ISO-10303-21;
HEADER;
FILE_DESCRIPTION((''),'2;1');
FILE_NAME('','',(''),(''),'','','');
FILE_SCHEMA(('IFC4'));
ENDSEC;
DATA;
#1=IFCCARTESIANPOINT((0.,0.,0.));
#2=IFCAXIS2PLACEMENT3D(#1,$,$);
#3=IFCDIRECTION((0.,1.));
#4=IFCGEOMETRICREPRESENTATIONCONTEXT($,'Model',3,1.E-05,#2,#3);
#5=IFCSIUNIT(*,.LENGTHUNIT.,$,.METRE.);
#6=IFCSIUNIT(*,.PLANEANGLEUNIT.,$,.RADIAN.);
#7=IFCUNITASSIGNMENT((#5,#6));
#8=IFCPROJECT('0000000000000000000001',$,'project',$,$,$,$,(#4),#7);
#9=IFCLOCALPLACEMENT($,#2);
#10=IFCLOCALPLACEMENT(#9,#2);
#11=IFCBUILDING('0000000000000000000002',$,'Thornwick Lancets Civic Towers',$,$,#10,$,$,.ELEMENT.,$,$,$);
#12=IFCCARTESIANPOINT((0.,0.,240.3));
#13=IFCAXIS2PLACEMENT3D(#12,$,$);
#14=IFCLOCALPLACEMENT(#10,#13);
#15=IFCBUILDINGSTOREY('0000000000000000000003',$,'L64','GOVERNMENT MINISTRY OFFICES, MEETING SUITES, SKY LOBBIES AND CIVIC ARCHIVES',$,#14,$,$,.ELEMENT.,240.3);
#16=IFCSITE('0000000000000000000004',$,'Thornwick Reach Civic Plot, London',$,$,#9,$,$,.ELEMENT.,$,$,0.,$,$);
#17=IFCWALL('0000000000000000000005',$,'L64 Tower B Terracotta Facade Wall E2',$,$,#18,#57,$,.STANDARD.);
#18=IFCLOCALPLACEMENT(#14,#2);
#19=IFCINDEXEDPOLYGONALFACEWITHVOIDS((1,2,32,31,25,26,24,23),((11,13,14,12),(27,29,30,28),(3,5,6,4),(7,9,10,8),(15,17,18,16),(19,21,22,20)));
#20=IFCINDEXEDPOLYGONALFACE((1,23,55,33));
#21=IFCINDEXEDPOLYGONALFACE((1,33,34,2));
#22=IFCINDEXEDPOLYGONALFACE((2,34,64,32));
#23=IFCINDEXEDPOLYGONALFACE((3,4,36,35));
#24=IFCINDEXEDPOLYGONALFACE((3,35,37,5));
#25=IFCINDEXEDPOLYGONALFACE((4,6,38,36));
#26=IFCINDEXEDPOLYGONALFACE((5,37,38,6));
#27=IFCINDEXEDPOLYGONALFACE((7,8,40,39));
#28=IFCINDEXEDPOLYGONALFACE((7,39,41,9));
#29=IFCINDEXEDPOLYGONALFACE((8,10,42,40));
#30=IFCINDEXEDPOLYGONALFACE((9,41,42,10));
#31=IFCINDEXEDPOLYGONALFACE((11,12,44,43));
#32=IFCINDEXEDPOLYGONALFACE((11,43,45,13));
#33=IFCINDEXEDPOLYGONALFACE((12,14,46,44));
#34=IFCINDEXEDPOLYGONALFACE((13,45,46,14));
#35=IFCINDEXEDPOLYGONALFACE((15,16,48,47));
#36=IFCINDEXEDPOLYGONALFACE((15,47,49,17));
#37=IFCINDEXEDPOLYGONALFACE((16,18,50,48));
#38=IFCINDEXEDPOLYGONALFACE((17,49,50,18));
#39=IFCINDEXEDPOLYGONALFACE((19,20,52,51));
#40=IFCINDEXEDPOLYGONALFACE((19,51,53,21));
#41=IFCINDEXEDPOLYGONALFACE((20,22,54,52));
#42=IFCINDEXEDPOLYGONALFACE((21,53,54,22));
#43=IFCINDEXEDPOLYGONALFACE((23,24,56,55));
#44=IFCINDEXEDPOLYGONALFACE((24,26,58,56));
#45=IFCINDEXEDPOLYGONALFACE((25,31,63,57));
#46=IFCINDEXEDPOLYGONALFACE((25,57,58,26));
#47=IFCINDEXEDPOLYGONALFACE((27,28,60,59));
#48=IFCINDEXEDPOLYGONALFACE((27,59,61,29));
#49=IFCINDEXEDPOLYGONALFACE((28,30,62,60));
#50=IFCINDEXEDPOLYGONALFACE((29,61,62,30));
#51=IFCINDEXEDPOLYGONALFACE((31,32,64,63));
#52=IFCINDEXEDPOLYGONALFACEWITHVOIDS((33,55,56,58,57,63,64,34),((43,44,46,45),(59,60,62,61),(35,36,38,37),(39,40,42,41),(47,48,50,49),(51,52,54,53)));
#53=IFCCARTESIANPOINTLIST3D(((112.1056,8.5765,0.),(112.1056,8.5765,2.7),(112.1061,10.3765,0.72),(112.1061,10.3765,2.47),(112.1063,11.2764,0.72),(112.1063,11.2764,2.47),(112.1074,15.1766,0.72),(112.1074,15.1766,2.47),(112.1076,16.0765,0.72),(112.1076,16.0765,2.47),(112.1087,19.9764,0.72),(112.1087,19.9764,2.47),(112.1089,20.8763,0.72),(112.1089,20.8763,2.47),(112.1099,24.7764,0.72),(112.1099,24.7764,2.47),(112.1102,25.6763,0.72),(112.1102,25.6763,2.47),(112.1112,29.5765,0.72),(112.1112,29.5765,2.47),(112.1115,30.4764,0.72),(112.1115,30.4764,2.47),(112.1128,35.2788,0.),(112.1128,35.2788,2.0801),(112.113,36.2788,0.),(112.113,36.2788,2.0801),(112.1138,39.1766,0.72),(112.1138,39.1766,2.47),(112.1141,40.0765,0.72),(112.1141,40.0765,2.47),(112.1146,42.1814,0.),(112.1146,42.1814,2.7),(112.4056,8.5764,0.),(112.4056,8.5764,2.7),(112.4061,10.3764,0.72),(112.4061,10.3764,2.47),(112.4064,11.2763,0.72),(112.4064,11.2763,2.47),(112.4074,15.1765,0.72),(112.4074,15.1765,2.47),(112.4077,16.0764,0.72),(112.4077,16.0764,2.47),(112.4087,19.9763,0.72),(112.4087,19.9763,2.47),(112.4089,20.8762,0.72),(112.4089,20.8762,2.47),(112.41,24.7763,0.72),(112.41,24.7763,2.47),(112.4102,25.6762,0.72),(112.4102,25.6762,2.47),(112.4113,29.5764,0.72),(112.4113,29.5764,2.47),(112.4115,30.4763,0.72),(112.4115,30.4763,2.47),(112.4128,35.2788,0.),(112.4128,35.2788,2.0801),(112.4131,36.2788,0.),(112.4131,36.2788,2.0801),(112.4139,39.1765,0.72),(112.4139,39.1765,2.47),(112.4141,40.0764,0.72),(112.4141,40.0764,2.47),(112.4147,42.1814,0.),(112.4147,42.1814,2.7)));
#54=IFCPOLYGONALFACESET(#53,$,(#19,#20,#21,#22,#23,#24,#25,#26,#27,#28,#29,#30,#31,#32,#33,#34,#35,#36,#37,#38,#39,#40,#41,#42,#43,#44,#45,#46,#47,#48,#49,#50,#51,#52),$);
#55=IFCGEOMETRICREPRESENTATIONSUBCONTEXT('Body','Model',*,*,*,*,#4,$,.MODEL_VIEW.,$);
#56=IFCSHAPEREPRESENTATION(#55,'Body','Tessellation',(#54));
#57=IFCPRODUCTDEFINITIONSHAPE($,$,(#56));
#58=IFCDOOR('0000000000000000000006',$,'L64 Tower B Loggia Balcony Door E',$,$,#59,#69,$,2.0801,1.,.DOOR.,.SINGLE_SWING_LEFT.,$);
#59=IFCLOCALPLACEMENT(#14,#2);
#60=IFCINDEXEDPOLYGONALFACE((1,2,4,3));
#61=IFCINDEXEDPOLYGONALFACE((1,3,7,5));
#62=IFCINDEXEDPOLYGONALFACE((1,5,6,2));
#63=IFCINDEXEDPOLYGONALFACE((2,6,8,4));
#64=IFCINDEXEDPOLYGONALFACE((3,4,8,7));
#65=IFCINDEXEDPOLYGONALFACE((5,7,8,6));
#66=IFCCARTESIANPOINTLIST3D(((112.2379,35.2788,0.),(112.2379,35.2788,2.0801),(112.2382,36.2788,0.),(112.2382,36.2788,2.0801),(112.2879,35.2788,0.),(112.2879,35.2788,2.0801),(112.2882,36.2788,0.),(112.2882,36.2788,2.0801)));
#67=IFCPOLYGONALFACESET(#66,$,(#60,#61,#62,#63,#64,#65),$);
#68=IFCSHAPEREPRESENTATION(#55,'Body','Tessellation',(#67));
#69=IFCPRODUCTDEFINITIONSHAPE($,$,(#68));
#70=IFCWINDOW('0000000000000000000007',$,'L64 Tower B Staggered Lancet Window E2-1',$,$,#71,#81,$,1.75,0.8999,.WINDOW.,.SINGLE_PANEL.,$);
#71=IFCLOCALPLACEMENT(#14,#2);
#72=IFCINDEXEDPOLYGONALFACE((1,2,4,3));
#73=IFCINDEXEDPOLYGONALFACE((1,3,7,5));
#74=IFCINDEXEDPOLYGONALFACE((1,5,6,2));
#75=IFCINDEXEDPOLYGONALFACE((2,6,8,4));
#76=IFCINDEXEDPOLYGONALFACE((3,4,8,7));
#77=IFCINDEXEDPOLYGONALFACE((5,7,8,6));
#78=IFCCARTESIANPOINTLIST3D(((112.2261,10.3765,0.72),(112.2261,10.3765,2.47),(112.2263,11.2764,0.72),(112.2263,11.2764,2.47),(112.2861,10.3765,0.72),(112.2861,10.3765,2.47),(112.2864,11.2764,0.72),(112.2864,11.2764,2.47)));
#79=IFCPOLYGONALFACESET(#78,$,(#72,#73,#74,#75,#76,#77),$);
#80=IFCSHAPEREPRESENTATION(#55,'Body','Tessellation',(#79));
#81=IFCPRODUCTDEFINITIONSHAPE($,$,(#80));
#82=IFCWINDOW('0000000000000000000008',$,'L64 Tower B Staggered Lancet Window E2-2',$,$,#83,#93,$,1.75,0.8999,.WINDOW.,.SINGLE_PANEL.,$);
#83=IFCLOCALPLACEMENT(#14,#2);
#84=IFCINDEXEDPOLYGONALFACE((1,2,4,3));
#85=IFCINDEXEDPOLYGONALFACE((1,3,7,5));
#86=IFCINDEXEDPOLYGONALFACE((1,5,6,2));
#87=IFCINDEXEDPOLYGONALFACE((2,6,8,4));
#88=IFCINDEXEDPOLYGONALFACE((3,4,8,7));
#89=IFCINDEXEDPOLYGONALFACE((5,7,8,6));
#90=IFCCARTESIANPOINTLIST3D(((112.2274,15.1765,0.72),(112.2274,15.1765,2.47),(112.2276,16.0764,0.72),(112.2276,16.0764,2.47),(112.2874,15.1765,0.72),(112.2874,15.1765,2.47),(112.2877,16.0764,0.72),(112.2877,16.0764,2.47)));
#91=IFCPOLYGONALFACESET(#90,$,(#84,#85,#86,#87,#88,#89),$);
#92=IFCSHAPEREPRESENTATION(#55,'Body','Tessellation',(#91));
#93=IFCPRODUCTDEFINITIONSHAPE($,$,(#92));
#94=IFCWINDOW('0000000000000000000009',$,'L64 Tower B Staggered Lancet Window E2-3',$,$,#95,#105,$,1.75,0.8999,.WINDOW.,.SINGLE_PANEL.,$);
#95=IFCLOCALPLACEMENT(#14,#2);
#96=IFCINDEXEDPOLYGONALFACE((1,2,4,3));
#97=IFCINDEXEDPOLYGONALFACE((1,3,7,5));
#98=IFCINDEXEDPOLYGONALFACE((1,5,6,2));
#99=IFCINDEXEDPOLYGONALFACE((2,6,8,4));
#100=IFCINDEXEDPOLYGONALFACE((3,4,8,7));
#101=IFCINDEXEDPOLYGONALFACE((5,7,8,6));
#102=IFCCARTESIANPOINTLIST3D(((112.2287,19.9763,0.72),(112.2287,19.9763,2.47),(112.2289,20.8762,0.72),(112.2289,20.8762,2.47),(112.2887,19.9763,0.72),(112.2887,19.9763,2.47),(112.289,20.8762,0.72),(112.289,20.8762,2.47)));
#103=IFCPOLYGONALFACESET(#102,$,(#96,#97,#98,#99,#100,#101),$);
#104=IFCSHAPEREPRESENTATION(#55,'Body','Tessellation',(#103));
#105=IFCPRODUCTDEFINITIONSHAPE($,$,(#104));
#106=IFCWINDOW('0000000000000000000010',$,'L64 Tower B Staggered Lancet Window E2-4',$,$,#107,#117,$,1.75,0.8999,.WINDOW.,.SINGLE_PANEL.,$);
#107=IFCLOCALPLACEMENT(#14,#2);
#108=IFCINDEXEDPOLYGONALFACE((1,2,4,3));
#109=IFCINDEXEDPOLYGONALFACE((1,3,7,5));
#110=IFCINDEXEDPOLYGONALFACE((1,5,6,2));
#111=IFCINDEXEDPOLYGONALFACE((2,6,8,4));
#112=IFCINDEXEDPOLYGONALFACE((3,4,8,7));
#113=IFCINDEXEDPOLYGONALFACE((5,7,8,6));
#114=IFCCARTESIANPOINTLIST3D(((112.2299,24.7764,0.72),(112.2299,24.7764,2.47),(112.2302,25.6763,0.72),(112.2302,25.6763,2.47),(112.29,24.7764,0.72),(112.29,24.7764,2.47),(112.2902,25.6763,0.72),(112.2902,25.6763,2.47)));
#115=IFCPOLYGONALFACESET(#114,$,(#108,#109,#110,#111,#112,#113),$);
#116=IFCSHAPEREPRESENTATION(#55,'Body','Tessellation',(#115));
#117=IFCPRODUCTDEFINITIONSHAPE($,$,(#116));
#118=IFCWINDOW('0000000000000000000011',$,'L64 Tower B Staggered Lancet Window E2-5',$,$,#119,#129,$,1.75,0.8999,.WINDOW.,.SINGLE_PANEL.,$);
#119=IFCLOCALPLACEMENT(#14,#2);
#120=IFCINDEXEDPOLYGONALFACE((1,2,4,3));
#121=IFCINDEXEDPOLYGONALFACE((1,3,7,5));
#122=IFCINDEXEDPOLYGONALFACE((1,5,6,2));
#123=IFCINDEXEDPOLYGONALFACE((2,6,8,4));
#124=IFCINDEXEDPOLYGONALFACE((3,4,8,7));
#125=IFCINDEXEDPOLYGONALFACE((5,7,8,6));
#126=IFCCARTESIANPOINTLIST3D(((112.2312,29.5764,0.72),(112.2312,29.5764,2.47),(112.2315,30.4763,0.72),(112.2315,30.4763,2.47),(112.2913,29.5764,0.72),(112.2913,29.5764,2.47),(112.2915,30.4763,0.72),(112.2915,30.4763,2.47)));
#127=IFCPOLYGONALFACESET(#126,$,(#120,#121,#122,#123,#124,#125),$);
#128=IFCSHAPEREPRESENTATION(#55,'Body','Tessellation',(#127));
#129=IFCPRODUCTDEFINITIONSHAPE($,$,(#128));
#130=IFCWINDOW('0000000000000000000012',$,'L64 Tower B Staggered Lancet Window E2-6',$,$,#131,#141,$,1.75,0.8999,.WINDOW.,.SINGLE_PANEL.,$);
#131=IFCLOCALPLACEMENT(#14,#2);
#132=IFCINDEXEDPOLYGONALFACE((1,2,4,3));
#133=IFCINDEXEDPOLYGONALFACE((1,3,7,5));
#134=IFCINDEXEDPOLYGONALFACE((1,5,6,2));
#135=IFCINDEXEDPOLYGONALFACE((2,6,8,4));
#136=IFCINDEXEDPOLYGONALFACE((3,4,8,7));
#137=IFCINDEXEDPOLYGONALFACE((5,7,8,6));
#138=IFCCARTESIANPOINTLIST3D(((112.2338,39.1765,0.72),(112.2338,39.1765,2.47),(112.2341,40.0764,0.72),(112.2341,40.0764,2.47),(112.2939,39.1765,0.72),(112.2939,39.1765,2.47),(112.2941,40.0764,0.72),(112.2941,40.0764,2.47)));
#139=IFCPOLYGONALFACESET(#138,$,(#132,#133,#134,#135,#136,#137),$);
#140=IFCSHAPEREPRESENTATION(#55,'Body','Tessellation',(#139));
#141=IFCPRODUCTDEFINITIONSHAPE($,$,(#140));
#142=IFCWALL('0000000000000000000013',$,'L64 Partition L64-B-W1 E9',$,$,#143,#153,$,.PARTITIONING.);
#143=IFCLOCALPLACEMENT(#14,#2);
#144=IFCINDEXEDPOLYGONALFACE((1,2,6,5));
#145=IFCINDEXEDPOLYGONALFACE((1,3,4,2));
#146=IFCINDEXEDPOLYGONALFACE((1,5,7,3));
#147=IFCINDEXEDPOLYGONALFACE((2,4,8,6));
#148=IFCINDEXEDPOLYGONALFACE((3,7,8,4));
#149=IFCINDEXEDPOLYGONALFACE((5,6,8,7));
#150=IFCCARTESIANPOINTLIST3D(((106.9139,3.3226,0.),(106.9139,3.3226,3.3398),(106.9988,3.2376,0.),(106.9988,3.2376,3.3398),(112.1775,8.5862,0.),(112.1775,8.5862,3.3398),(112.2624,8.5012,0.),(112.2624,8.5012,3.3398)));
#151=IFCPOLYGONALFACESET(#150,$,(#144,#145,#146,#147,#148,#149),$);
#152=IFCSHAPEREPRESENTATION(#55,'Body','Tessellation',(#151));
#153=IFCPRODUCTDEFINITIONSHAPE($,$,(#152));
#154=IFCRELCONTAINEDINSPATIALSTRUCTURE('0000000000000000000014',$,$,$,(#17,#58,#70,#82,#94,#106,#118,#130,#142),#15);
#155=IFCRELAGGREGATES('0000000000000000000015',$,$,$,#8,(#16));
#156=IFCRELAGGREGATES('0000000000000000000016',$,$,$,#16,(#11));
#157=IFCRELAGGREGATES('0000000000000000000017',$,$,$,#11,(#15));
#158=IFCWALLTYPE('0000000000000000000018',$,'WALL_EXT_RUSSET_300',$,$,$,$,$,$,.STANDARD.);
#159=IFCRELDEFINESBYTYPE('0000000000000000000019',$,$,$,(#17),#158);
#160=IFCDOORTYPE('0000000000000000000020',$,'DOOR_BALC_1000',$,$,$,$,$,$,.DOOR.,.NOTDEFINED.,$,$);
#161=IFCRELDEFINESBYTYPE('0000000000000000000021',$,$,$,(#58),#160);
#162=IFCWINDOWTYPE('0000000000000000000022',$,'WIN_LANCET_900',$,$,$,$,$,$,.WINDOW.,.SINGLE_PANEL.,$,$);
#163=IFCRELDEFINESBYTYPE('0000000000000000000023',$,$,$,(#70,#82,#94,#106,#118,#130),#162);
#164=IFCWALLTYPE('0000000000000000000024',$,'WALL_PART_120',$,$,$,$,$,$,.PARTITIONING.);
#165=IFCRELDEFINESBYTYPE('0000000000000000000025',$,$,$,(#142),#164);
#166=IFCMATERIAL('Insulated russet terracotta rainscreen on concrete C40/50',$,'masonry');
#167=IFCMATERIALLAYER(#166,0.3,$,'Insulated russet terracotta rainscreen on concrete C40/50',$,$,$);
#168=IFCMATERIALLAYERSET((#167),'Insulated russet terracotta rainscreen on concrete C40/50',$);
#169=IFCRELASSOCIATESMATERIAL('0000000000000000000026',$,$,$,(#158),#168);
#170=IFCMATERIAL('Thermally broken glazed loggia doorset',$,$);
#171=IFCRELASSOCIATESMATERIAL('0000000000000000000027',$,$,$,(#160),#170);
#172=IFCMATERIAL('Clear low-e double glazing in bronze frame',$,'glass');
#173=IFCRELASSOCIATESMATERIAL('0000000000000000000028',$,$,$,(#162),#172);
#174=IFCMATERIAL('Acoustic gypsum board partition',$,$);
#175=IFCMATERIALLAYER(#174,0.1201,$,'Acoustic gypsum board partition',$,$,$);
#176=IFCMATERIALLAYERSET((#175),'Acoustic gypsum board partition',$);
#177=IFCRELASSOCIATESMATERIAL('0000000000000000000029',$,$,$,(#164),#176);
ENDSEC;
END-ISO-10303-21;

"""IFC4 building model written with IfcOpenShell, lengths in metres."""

from ifc_helpers import new_model, si_unit, direction, frame, frame_2d, origin, place, context, subcontext, project, spatial, rectangle, extrude, material, layer, layer_set, type_object, element, fill, save


model = new_model("IFC4")

# Units and contexts
model_context = context("Model", 3, precision=1e-05, world=origin(), true_north=direction((0.0, 1.0)))
body_context = subcontext(model_context, "Body", "Model", "MODEL_VIEW")
ifc_project = project(units=[si_unit("LENGTHUNIT", "METRE"), si_unit("PLANEANGLEUNIT", "RADIAN")], contexts=[model_context])

# Site, building, storey
site_placement = place(None, origin())
site = spatial("IfcSite", under=ifc_project, at=site_placement, Name="Thornwick Reach Civic Plot, London", CompositionType="ELEMENT", RefElevation=0.0)
building_placement = place(site_placement, origin())
building = spatial("IfcBuilding", under=site, at=building_placement, Name="Thornwick Lancets Civic Towers", CompositionType="ELEMENT")
storey_placement = place(building_placement, frame((0.0, 0.0, 240.3)))
storey = spatial("IfcBuildingStorey", under=building, at=storey_placement, Name="L64", Description="GOVERNMENT MINISTRY OFFICES, MEETING SUITES, SKY LOBBIES AND CIVIC ARCHIVES", CompositionType="ELEMENT", Elevation=240.3)

# Wall, openings, door, windows
ifc_material_1 = material(Name="Insulated russet terracotta rainscreen on concrete C40/50", Category="masonry")
ifc_layer_1 = layer(ifc_material_1, 0.3, Name="Insulated russet terracotta rainscreen on concrete C40/50")
ifc_layer_set_1 = layer_set([ifc_layer_1], Name="Insulated russet terracotta rainscreen on concrete C40/50")
wall_type_1 = type_object("IfcWallType", Name="WALL_EXT_RUSSET_300", PredefinedType="STANDARD", material=ifc_layer_set_1)
wall_1_placement = place(storey_placement, frame((112.2556, 8.5764, 0.0), z_axis=(0.0, 0.0, 1.0), x_axis=(0.000269, 1.0, 0.0)))
wall_1 = element("IfcWall", 1, at=wall_1_placement, inside=storey, type_object=wall_type_1, Name="L64 Tower B Terracotta Facade Wall E2", PredefinedType="STANDARD", context=body_context, shape_type="SweptSolid", body=[
    extrude(rectangle(XDim=33.605, YDim=0.3, at=frame_2d((16.8025, 0.0))), origin(), (0.0, 0.0, 1.0), 2.7),
])
opening_1_placement = place(wall_1_placement, frame((26.7024, 0.0, 0.0)))
opening_1 = element("IfcOpeningElement", 2, at=opening_1_placement, cuts=wall_1, PredefinedType="OPENING", context=body_context, shape_type="SweptSolid", body=[
    extrude(rectangle(XDim=1.0, YDim=2.0801, at=frame_2d((0.5, 1.04))), frame((0.0, 0.1602, 0.0), z_axis=(0.0, -1.0, 0.0), x_axis=(1.0, 0.0, 0.0)), (0.0, 0.0, 1.0), 0.3201),
])
opening_2_placement = place(wall_1_placement, frame((1.8, 0.0, 0.72)))
opening_2 = element("IfcOpeningElement", 3, at=opening_2_placement, cuts=wall_1, PredefinedType="OPENING", context=body_context, shape_type="SweptSolid", body=[
    extrude(rectangle(XDim=0.8999, YDim=1.75, at=frame_2d((0.45, 0.875))), frame((0.0, 0.1602, 0.0), z_axis=(0.0, -1.0, 0.0), x_axis=(1.0, 0.0, 0.0)), (0.0, 0.0, 1.0), 0.3201),
])
opening_3_placement = place(wall_1_placement, frame((6.6001, 0.0, 0.72)))
opening_3 = element("IfcOpeningElement", 4, at=opening_3_placement, cuts=wall_1, PredefinedType="OPENING", context=body_context, shape_type="SweptSolid", body=[
    extrude(rectangle(XDim=0.8999, YDim=1.75, at=frame_2d((0.45, 0.875))), frame((0.0, 0.1602, 0.0), z_axis=(0.0, -1.0, 0.0), x_axis=(1.0, 0.0, 0.0)), (0.0, 0.0, 1.0), 0.3201),
])
opening_4_placement = place(wall_1_placement, frame((11.3999, 0.0, 0.72)))
opening_4 = element("IfcOpeningElement", 5, at=opening_4_placement, cuts=wall_1, PredefinedType="OPENING", context=body_context, shape_type="SweptSolid", body=[
    extrude(rectangle(XDim=0.8999, YDim=1.75, at=frame_2d((0.45, 0.875))), frame((0.0, 0.1602, 0.0), z_axis=(0.0, -1.0, 0.0), x_axis=(1.0, 0.0, 0.0)), (0.0, 0.0, 1.0), 0.3201),
])
opening_5_placement = place(wall_1_placement, frame((16.2, 0.0, 0.72)))
opening_5 = element("IfcOpeningElement", 6, at=opening_5_placement, cuts=wall_1, PredefinedType="OPENING", context=body_context, shape_type="SweptSolid", body=[
    extrude(rectangle(XDim=0.8999, YDim=1.75, at=frame_2d((0.45, 0.875))), frame((0.0, 0.1602, 0.0), z_axis=(0.0, -1.0, 0.0), x_axis=(1.0, 0.0, 0.0)), (0.0, 0.0, 1.0), 0.3201),
])
opening_6_placement = place(wall_1_placement, frame((21.0, 0.0, 0.72)))
opening_6 = element("IfcOpeningElement", 7, at=opening_6_placement, cuts=wall_1, PredefinedType="OPENING", context=body_context, shape_type="SweptSolid", body=[
    extrude(rectangle(XDim=0.8999, YDim=1.75, at=frame_2d((0.45, 0.875))), frame((0.0, 0.1602, 0.0), z_axis=(0.0, -1.0, 0.0), x_axis=(1.0, 0.0, 0.0)), (0.0, 0.0, 1.0), 0.3201),
])
opening_7_placement = place(wall_1_placement, frame((30.6001, 0.0, 0.72)))
opening_7 = element("IfcOpeningElement", 8, at=opening_7_placement, cuts=wall_1, PredefinedType="OPENING", context=body_context, shape_type="SweptSolid", body=[
    extrude(rectangle(XDim=0.8999, YDim=1.75, at=frame_2d((0.45, 0.875))), frame((0.0, 0.1602, 0.0), z_axis=(0.0, -1.0, 0.0), x_axis=(1.0, 0.0, 0.0)), (0.0, 0.0, 1.0), 0.3201),
])
ifc_material_2 = material(Name="Thermally broken glazed loggia doorset")
door_type = type_object("IfcDoorType", Name="DOOR_BALC_1000", OperationType="NOTDEFINED", PredefinedType="DOOR", material=ifc_material_2)
door_placement = place(opening_1_placement, origin())
door = element("IfcDoor", 9, at=door_placement, inside=storey, type_object=door_type, Name="L64 Tower B Loggia Balcony Door E", OperationType="SINGLE_SWING_LEFT", OverallHeight=2.0801, OverallWidth=1.0, PredefinedType="DOOR", context=body_context, shape_type="SweptSolid", body=[
    extrude(rectangle(XDim=1.0, YDim=2.0801, at=frame_2d((0.5, 1.04))), frame((0.0, 0.0249, 0.0), z_axis=(0.0, -1.0, 0.0), x_axis=(1.0, 0.0, 0.0)), (0.0, 0.0, 1.0), 0.05),
])
fill(opening_1, door)
ifc_material_3 = material(Name="Clear low-e double glazing in bronze frame", Category="glass")
window_type = type_object("IfcWindowType", Name="WIN_LANCET_900", PartitioningType="SINGLE_PANEL", PredefinedType="WINDOW", material=ifc_material_3)
window_1_placement = place(opening_2_placement, origin())
window_1 = element("IfcWindow", 10, at=window_1_placement, inside=storey, type_object=window_type, Name="L64 Tower B Staggered Lancet Window E2-1", OverallHeight=1.75, OverallWidth=0.8999, PartitioningType="SINGLE_PANEL", PredefinedType="WINDOW", context=body_context, shape_type="SweptSolid", body=[
    extrude(rectangle(XDim=0.8999, YDim=1.75, at=frame_2d((0.45, 0.875))), frame((0.0, 0.03, 0.0), z_axis=(0.0, -1.0, 0.0), x_axis=(1.0, 0.0, 0.0)), (0.0, 0.0, 1.0), 0.0601),
])
fill(opening_2, window_1)
window_2_placement = place(opening_3_placement, origin())
window_2 = element("IfcWindow", 11, at=window_2_placement, inside=storey, type_object=window_type, Name="L64 Tower B Staggered Lancet Window E2-2", OverallHeight=1.75, OverallWidth=0.8999, PartitioningType="SINGLE_PANEL", PredefinedType="WINDOW", context=body_context, shape_type="SweptSolid", body=[
    extrude(rectangle(XDim=0.8999, YDim=1.75, at=frame_2d((0.45, 0.875))), frame((0.0, 0.03, 0.0), z_axis=(0.0, -1.0, 0.0), x_axis=(1.0, 0.0, 0.0)), (0.0, 0.0, 1.0), 0.0601),
])
fill(opening_3, window_2)
window_3_placement = place(opening_4_placement, origin())
window_3 = element("IfcWindow", 12, at=window_3_placement, inside=storey, type_object=window_type, Name="L64 Tower B Staggered Lancet Window E2-3", OverallHeight=1.75, OverallWidth=0.8999, PartitioningType="SINGLE_PANEL", PredefinedType="WINDOW", context=body_context, shape_type="SweptSolid", body=[
    extrude(rectangle(XDim=0.8999, YDim=1.75, at=frame_2d((0.45, 0.875))), frame((0.0, 0.03, 0.0), z_axis=(0.0, -1.0, 0.0), x_axis=(1.0, 0.0, 0.0)), (0.0, 0.0, 1.0), 0.0601),
])
fill(opening_4, window_3)
window_4_placement = place(opening_5_placement, origin())
window_4 = element("IfcWindow", 13, at=window_4_placement, inside=storey, type_object=window_type, Name="L64 Tower B Staggered Lancet Window E2-4", OverallHeight=1.75, OverallWidth=0.8999, PartitioningType="SINGLE_PANEL", PredefinedType="WINDOW", context=body_context, shape_type="SweptSolid", body=[
    extrude(rectangle(XDim=0.8999, YDim=1.75, at=frame_2d((0.45, 0.875))), frame((0.0, 0.03, 0.0), z_axis=(0.0, -1.0, 0.0), x_axis=(1.0, 0.0, 0.0)), (0.0, 0.0, 1.0), 0.0601),
])
fill(opening_5, window_4)
window_5_placement = place(opening_6_placement, origin())
window_5 = element("IfcWindow", 14, at=window_5_placement, inside=storey, type_object=window_type, Name="L64 Tower B Staggered Lancet Window E2-5", OverallHeight=1.75, OverallWidth=0.8999, PartitioningType="SINGLE_PANEL", PredefinedType="WINDOW", context=body_context, shape_type="SweptSolid", body=[
    extrude(rectangle(XDim=0.8999, YDim=1.75, at=frame_2d((0.45, 0.875))), frame((0.0, 0.03, 0.0), z_axis=(0.0, -1.0, 0.0), x_axis=(1.0, 0.0, 0.0)), (0.0, 0.0, 1.0), 0.0601),
])
fill(opening_6, window_5)
window_6_placement = place(opening_7_placement, origin())
window_6 = element("IfcWindow", 15, at=window_6_placement, inside=storey, type_object=window_type, Name="L64 Tower B Staggered Lancet Window E2-6", OverallHeight=1.75, OverallWidth=0.8999, PartitioningType="SINGLE_PANEL", PredefinedType="WINDOW", context=body_context, shape_type="SweptSolid", body=[
    extrude(rectangle(XDim=0.8999, YDim=1.75, at=frame_2d((0.45, 0.875))), frame((0.0, 0.03, 0.0), z_axis=(0.0, -1.0, 0.0), x_axis=(1.0, 0.0, 0.0)), (0.0, 0.0, 1.0), 0.0601),
])
fill(opening_7, window_6)

# Wall
ifc_material_4 = material(Name="Acoustic gypsum board partition")
ifc_layer_2 = layer(ifc_material_4, 0.1201, Name="Acoustic gypsum board partition")
ifc_layer_set_2 = layer_set([ifc_layer_2], Name="Acoustic gypsum board partition")
wall_type_2 = type_object("IfcWallType", Name="WALL_PART_120", PredefinedType="PARTITIONING", material=ifc_layer_set_2)
wall_2_placement = place(storey_placement, frame((112.22, 8.5437, 0.0), z_axis=(0.0, 0.0, 1.0), x_axis=(-0.707107, -0.707107, 0.0)))
element("IfcWall", 16, at=wall_2_placement, inside=storey, type_object=wall_type_2, Name="L64 Partition L64-B-W1 E9", PredefinedType="PARTITIONING", context=body_context, shape_type="SweptSolid", body=[
    extrude(rectangle(XDim=7.4438, YDim=0.1201, at=frame_2d((3.7219, 0.0))), origin(), (0.0, 0.0, 1.0), 3.3398),
])

save(model, "model.ifc")
